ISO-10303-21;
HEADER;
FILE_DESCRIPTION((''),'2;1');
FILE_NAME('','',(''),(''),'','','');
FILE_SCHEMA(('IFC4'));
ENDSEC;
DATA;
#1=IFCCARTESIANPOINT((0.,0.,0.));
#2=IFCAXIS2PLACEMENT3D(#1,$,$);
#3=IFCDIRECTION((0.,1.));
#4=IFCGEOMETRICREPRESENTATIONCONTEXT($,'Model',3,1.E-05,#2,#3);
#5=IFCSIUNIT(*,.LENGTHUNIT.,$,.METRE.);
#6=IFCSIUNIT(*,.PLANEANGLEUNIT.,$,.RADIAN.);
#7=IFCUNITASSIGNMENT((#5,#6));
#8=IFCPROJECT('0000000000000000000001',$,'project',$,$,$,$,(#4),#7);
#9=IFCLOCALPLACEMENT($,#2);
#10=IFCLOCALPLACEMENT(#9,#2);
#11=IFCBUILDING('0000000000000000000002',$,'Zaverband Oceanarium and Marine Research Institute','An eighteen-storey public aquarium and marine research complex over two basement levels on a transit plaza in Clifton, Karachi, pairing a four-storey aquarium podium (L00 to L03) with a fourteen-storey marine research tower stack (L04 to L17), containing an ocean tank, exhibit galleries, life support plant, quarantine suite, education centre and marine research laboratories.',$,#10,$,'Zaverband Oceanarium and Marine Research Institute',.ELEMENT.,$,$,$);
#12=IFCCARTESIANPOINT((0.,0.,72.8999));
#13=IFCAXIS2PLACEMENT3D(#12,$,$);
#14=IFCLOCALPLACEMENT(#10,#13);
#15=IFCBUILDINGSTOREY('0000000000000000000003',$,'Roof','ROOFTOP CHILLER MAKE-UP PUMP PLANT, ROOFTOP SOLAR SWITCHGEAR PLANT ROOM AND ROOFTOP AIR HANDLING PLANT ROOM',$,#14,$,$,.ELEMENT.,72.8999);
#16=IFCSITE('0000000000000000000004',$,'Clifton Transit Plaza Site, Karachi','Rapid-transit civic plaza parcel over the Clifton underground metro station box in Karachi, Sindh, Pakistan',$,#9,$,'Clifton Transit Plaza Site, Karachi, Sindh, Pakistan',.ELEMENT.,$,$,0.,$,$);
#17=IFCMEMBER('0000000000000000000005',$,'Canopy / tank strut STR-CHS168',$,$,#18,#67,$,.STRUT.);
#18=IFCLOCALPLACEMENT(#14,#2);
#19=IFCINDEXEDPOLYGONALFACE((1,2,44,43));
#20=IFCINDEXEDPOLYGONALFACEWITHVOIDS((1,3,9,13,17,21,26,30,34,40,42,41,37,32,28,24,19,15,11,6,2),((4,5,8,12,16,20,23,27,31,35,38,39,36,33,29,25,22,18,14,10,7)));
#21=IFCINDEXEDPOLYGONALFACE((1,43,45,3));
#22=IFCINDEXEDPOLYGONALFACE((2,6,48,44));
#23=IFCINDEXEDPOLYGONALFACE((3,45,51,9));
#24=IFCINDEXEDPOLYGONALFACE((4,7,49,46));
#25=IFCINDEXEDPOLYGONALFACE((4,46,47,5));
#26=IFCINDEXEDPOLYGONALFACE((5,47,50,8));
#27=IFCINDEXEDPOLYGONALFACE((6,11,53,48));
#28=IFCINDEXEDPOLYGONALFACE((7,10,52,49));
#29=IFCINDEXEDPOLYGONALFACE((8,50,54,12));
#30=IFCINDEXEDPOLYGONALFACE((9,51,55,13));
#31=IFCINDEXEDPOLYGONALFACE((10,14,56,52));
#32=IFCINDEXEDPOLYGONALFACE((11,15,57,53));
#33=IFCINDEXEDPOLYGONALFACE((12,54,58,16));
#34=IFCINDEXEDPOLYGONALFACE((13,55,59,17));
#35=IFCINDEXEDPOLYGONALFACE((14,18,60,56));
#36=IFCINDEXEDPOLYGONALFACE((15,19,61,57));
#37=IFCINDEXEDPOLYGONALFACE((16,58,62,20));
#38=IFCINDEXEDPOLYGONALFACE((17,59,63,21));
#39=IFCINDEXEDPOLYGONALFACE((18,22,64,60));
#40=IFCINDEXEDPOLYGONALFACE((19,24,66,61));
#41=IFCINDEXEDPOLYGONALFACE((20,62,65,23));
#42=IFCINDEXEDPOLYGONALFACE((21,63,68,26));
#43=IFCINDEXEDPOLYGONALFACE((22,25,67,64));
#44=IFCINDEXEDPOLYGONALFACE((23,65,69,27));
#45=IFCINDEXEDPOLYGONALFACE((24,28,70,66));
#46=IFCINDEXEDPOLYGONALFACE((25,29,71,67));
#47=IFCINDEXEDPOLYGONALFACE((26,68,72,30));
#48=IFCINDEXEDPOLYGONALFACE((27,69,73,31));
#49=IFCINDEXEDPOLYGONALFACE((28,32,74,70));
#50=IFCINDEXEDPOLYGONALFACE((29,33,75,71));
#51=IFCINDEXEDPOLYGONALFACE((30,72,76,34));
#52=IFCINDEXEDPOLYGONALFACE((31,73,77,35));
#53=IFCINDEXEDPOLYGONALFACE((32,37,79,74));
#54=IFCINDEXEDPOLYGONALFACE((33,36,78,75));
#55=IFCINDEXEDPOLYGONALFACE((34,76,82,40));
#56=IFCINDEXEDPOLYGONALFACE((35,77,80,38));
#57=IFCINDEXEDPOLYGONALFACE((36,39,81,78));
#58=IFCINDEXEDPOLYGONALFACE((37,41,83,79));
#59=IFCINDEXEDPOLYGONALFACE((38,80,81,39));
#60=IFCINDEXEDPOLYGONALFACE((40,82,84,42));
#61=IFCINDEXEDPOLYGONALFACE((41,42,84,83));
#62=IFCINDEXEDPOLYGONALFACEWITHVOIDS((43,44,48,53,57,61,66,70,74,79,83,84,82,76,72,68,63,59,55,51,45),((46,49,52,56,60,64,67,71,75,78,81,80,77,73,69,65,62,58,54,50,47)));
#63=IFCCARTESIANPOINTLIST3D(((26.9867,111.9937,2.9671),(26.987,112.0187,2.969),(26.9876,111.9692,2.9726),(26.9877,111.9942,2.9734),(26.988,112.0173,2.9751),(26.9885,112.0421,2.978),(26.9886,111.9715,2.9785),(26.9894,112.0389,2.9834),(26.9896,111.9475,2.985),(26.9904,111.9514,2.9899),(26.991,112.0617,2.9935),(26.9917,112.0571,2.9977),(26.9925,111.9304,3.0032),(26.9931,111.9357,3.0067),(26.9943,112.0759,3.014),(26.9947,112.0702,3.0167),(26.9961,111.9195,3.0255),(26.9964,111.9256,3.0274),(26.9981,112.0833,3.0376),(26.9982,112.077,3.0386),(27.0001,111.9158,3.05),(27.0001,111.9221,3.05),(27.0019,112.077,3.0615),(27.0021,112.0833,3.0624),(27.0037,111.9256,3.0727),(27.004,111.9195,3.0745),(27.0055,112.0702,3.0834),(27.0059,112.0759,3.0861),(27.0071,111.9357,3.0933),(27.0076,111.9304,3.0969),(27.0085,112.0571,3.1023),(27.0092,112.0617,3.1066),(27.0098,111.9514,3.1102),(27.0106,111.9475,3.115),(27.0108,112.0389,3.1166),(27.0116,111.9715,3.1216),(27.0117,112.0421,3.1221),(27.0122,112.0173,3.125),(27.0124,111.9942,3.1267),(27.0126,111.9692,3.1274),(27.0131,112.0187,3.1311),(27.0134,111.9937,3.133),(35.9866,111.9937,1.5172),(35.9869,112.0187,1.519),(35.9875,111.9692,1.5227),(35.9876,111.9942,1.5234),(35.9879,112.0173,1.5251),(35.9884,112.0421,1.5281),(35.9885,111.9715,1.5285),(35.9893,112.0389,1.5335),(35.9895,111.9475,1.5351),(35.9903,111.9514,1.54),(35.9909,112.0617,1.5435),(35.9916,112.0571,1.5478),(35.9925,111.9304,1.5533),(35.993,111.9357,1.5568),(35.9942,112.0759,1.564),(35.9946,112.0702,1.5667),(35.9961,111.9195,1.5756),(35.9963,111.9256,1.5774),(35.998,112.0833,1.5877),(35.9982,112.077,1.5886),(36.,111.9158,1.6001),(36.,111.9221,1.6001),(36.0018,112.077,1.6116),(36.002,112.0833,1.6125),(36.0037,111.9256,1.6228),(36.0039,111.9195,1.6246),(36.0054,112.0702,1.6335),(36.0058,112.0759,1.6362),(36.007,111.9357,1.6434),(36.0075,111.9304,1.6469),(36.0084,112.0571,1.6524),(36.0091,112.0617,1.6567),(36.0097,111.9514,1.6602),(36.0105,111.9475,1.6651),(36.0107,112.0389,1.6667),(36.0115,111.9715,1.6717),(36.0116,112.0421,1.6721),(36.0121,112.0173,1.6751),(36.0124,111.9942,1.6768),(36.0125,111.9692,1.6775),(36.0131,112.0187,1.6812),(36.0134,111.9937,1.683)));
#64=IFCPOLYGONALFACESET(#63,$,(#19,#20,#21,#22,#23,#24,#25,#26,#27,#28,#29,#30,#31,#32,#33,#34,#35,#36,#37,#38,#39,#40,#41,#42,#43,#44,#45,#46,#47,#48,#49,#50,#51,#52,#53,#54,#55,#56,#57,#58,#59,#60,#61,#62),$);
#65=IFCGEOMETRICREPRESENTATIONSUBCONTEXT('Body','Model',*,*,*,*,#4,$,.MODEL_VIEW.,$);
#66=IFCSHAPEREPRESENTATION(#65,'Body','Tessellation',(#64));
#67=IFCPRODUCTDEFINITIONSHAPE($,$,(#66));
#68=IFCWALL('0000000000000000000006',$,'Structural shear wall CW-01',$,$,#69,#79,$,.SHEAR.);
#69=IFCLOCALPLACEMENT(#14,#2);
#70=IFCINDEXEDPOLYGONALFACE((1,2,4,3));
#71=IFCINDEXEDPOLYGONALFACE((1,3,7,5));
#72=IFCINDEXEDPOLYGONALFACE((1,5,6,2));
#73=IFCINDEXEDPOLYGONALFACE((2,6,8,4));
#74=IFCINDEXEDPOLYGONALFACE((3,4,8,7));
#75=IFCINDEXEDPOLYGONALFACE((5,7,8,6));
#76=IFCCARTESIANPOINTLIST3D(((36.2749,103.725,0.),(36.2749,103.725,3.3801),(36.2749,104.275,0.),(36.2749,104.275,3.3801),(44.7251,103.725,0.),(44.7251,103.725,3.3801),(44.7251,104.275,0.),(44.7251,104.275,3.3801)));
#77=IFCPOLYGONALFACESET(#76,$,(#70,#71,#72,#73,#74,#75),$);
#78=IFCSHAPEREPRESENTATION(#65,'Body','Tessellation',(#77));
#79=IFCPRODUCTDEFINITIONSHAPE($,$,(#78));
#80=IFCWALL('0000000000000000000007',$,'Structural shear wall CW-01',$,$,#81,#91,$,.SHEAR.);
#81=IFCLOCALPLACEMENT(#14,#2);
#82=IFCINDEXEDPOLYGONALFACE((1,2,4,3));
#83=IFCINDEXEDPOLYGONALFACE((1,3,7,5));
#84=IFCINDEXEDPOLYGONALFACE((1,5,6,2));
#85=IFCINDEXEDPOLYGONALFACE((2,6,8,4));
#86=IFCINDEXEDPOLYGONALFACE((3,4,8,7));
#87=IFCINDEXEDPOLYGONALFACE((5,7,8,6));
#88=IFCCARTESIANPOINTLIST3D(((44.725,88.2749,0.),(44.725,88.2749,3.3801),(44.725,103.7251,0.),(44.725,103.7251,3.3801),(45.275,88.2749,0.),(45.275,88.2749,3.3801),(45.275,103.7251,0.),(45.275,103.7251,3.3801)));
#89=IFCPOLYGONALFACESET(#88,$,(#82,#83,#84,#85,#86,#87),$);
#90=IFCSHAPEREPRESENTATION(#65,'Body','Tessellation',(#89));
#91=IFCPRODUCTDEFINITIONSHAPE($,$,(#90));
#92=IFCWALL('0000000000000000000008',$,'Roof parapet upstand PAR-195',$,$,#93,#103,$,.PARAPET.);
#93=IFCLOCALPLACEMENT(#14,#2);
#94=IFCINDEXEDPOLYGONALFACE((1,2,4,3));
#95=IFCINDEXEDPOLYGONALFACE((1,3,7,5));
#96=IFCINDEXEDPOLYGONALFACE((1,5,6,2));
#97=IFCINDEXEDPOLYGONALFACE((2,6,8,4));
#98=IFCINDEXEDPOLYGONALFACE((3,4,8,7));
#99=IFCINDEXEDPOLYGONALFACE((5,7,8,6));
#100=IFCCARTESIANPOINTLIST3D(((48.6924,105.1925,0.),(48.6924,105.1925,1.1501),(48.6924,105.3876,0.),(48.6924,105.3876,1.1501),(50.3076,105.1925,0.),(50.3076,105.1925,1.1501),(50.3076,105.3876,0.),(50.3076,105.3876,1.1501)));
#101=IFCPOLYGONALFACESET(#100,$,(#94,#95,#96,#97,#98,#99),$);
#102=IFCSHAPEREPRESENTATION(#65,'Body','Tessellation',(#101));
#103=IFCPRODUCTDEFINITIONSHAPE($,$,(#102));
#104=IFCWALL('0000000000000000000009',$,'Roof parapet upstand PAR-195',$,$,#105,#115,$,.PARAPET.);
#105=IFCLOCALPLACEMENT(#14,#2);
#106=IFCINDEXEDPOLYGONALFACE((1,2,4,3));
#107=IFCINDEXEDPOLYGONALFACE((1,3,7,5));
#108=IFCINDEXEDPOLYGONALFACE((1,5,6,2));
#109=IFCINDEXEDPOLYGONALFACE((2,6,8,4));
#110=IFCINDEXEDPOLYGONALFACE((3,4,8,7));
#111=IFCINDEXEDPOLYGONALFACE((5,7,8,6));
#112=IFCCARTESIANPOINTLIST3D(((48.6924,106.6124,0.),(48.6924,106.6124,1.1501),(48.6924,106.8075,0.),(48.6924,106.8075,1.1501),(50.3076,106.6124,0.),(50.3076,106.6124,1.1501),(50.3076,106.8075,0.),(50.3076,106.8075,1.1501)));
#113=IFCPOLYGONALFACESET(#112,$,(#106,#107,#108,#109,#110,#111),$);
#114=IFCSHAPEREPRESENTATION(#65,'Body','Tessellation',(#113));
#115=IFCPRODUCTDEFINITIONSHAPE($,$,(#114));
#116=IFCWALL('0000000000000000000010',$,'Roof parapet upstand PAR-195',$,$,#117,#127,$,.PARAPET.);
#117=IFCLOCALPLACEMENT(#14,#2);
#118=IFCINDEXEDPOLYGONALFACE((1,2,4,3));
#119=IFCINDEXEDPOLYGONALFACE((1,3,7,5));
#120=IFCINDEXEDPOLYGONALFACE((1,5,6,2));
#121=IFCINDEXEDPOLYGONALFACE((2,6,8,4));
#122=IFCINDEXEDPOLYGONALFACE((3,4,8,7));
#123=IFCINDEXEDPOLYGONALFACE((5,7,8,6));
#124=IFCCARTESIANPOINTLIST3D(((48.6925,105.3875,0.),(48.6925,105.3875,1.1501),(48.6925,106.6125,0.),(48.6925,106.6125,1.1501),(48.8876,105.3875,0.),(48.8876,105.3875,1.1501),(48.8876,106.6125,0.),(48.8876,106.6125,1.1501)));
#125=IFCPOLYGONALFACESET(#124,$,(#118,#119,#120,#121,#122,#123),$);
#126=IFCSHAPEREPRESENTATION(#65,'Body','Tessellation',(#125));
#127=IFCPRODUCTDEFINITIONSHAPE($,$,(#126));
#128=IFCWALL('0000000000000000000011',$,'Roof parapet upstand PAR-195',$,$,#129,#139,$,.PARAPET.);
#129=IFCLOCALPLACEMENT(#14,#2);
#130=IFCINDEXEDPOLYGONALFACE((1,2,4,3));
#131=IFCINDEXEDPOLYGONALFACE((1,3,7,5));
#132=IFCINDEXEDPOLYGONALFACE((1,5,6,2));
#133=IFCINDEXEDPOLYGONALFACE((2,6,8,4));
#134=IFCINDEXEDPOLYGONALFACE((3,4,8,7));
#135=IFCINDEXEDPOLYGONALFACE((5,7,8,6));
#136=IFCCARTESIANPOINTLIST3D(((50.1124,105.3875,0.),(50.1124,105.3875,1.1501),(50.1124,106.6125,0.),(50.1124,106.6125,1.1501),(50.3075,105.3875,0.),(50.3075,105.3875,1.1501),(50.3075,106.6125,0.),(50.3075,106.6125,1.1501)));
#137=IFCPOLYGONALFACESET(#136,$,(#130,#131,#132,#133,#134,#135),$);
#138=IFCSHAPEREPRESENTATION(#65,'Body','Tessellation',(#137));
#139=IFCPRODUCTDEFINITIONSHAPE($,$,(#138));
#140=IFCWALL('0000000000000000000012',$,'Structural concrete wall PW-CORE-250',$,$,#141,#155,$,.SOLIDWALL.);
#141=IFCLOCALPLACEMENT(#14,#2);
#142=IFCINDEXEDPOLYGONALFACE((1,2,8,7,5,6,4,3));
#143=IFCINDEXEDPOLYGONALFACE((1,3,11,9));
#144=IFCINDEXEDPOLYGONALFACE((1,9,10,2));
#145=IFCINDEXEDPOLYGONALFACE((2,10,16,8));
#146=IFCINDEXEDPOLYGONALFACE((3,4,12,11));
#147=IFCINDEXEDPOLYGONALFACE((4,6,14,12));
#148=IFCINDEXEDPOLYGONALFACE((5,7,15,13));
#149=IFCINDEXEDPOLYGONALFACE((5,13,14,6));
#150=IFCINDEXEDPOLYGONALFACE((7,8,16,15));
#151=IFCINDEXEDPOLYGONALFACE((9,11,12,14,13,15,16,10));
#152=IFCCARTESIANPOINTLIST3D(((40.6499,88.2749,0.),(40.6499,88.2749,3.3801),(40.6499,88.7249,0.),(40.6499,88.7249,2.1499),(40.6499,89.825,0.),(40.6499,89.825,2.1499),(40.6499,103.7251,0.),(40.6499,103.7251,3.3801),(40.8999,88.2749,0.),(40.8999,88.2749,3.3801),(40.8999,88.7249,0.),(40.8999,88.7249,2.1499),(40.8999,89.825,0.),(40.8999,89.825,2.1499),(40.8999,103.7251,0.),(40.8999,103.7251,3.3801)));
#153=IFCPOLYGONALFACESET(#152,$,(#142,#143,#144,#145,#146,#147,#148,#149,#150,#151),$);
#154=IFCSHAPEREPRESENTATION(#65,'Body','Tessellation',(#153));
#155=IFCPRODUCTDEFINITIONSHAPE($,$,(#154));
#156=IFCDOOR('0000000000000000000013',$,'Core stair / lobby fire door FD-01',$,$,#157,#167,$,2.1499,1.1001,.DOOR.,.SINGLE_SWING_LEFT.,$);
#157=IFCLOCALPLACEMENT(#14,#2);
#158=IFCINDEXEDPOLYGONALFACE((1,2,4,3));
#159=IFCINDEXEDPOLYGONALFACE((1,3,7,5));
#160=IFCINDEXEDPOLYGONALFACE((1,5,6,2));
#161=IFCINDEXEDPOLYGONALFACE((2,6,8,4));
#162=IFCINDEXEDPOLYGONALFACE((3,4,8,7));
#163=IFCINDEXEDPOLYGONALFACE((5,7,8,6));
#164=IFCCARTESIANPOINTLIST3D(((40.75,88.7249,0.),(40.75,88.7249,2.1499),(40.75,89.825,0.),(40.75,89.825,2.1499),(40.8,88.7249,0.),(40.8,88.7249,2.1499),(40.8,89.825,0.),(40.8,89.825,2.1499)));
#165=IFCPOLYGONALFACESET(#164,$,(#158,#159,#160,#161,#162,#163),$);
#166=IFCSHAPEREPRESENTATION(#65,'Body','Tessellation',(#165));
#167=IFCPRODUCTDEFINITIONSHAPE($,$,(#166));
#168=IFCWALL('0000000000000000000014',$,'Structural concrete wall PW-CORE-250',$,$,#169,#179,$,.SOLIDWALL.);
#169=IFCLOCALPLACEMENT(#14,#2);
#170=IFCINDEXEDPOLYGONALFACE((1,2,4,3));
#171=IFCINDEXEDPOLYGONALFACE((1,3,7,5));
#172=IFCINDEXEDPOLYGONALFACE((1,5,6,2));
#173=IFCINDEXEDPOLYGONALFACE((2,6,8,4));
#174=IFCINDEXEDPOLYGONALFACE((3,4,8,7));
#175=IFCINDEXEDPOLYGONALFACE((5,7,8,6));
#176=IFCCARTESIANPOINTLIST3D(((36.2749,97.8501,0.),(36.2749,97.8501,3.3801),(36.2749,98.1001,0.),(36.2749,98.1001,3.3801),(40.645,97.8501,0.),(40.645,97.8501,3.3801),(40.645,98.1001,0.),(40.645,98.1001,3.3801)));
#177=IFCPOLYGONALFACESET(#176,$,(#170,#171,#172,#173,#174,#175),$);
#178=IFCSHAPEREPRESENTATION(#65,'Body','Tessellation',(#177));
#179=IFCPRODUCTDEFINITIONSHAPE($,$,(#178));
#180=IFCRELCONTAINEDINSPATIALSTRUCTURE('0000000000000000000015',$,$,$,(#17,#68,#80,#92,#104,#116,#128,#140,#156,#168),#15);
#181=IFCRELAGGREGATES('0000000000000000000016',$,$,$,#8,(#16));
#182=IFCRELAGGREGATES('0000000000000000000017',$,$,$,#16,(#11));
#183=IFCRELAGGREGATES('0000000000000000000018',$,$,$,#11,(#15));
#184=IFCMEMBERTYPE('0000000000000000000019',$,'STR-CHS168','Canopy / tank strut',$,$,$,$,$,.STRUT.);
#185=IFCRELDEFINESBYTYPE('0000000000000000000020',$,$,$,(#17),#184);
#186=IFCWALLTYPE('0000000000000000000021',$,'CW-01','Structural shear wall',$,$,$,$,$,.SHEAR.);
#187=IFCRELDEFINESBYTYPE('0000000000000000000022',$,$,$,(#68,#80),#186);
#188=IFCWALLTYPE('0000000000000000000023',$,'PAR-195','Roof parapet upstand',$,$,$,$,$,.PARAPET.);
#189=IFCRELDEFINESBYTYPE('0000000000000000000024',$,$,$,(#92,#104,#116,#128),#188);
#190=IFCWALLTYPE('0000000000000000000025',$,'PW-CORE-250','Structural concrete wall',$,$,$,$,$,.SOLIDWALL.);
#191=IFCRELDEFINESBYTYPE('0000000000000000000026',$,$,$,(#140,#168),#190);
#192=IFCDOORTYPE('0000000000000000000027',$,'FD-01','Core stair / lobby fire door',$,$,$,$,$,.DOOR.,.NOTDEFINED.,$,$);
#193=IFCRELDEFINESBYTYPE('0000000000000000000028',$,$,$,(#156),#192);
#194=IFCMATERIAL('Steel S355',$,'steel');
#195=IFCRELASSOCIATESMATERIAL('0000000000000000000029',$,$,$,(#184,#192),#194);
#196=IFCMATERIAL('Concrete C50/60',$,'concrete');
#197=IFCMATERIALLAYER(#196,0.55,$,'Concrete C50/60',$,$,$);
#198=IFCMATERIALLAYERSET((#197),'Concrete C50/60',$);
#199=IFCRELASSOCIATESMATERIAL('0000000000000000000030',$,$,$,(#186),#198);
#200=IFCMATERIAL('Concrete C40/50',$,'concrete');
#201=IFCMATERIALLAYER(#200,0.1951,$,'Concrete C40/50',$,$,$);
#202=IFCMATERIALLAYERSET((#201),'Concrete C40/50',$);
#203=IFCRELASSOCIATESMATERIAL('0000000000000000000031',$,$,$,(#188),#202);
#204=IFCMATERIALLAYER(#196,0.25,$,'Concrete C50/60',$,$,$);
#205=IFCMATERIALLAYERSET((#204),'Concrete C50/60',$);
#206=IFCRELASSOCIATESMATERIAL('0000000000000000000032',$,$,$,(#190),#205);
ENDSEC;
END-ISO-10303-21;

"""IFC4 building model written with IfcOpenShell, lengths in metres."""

from ifc_helpers import new_model, si_unit, direction, frame, frame_2d, origin, origin_2d, place, context, subcontext, project, spatial, rectangle, hollow_circle, extrude, material, layer, layer_set, material_profile, profile_set, type_object, element, fill, save


model = new_model("IFC4")

# Units and contexts
model_context = context("Model", 3, precision=1e-05, world=origin(), true_north=direction((0.0, 1.0)))
body_context = subcontext(model_context, "Body", "Model", "MODEL_VIEW")
ifc_project = project(units=[si_unit("LENGTHUNIT", "METRE"), si_unit("PLANEANGLEUNIT", "RADIAN")], contexts=[model_context])

# Site, building, storey
site_placement = place(None, origin())
site = spatial("IfcSite", under=ifc_project, at=site_placement, Name="Clifton Transit Plaza Site, Karachi", Description="Rapid-transit civic plaza parcel over the Clifton underground metro station box in Karachi, Sindh, Pakistan", LongName="Clifton Transit Plaza Site, Karachi, Sindh, Pakistan", CompositionType="ELEMENT", RefElevation=0.0)
building_placement = place(site_placement, origin())
building = spatial("IfcBuilding", under=site, at=building_placement, Name="Zaverband Oceanarium and Marine Research Institute", Description="An eighteen-storey public aquarium and marine research complex over two basement levels on a transit plaza in Clifton, Karachi, pairing a four-storey aquarium podium (L00 to L03) with a fourteen-storey marine research tower stack (L04 to L17), containing an ocean tank, exhibit galleries, life support plant, quarantine suite, education centre and marine research laboratories.", LongName="Zaverband Oceanarium and Marine Research Institute", CompositionType="ELEMENT")
storey_placement = place(building_placement, frame((0.0, 0.0, 72.8999)))
storey = spatial("IfcBuildingStorey", under=building, at=storey_placement, Name="Roof", Description="ROOFTOP CHILLER MAKE-UP PUMP PLANT, ROOFTOP SOLAR SWITCHGEAR PLANT ROOM AND ROOFTOP AIR HANDLING PLANT ROOM", CompositionType="ELEMENT", Elevation=72.8999)

# Shared definitions
ifc_material_1 = material(Name="Concrete C50/60", Category="concrete")

# Shared definitions
ifc_material_2 = material(Name="Steel S355", Category="steel")

# Member
ifc_material_profile_1 = material_profile(ifc_material_2, hollow_circle(Radius=0.0842, WallThickness=0.0063, at=origin_2d()), Name="CHS168x6.3")
ifc_profile_set_1 = profile_set([ifc_material_profile_1], Name="Steel S355")
member_type_1 = type_object("IfcMemberType", Name="STR-CHS168", Description="Canopy / tank strut", PredefinedType="STRUT", material=ifc_profile_set_1)
for number, where, z_axis, x_axis, name in (
    (1, (36.0, 112.0, 1.6001), (-0.98727, 0.0, 0.159055), (0.0, -1.0, 0.0), "Canopy / tank strut STR-CHS168"),
):
    element("IfcMember", number, at=place(storey_placement, frame(where, z_axis=z_axis, x_axis=x_axis)), inside=storey, type_object=member_type_1, Name=name, PredefinedType="STRUT", context=body_context, shape_type="SweptSolid", body=[
        extrude(hollow_circle(Radius=0.0842, WallThickness=0.0063, at=origin_2d()), origin(), (0.0, 0.0, 1.0), 9.116),
    ])

# Shared definitions
ifc_layer_1 = layer(ifc_material_1, 0.55, Name="Concrete C50/60")
ifc_layer_set_1 = layer_set([ifc_layer_1], Name="Concrete C50/60")
wall_type_1 = type_object("IfcWallType", Name="CW-01", Description="Structural shear wall", PredefinedType="SHEAR", material=ifc_layer_set_1)

# Walls
wall_1_placement = place(storey_placement, frame((36.2749, 104.0, 0.0), z_axis=(0.0, 0.0, 1.0), x_axis=(1.0, 0.0, 0.0)))
element("IfcWall", 2, at=wall_1_placement, inside=storey, type_object=wall_type_1, Name="Structural shear wall CW-01", PredefinedType="SHEAR", context=body_context, shape_type="SweptSolid", body=[
    extrude(rectangle(XDim=8.4502, YDim=0.55, at=frame_2d((4.2251, 0.0))), origin(), (0.0, 0.0, 1.0), 3.3801),
])
wall_2_placement = place(storey_placement, frame((45.0, 88.2749, 0.0), z_axis=(0.0, 0.0, 1.0), x_axis=(0.0, 1.0, 0.0)))
element("IfcWall", 3, at=wall_2_placement, inside=storey, type_object=wall_type_1, Name="Structural shear wall CW-01", PredefinedType="SHEAR", context=body_context, shape_type="SweptSolid", body=[
    extrude(rectangle(XDim=15.4502, YDim=0.55, at=frame_2d((7.7251, 0.0))), origin(), (0.0, 0.0, 1.0), 3.3801),
])
ifc_material_3 = material(Name="Concrete C40/50", Category="concrete")
ifc_layer_2 = layer(ifc_material_3, 0.1951, Name="Concrete C40/50")
ifc_layer_set_2 = layer_set([ifc_layer_2], Name="Concrete C40/50")
wall_type_2 = type_object("IfcWallType", Name="PAR-195", Description="Roof parapet upstand", PredefinedType="PARAPET", material=ifc_layer_set_2)
for number, where, z_axis, x_axis, name in (
    (4, (48.6924, 105.29, 0.0), (0.0, 0.0, 1.0), (1.0, 0.0, 0.0), "Roof parapet upstand PAR-195"),
    (5, (48.6924, 106.71, 0.0), (0.0, 0.0, 1.0), (1.0, 0.0, 0.0), "Roof parapet upstand PAR-195"),
):
    element("IfcWall", number, at=place(storey_placement, frame(where, z_axis=z_axis, x_axis=x_axis)), inside=storey, type_object=wall_type_2, Name=name, PredefinedType="PARAPET", context=body_context, shape_type="SweptSolid", body=[
        extrude(rectangle(XDim=1.6152, YDim=0.1951, at=frame_2d((0.8076, 0.0))), origin(), (0.0, 0.0, 1.0), 1.1501),
    ])
for number, where, z_axis, x_axis, name in (
    (6, (48.79, 105.3875, 0.0), (0.0, 0.0, 1.0), (0.0, 1.0, 0.0), "Roof parapet upstand PAR-195"),
    (7, (50.21, 105.3875, 0.0), (0.0, 0.0, 1.0), (0.0, 1.0, 0.0), "Roof parapet upstand PAR-195"),
):
    element("IfcWall", number, at=place(storey_placement, frame(where, z_axis=z_axis, x_axis=x_axis)), inside=storey, type_object=wall_type_2, Name=name, PredefinedType="PARAPET", context=body_context, shape_type="SweptSolid", body=[
        extrude(rectangle(XDim=1.2251, YDim=0.1951, at=frame_2d((0.6125, 0.0))), origin(), (0.0, 0.0, 1.0), 1.1501),
    ])

# Wall, opening, door
ifc_layer_3 = layer(ifc_material_1, 0.25, Name="Concrete C50/60")
ifc_layer_set_3 = layer_set([ifc_layer_3], Name="Concrete C50/60")
wall_type_3 = type_object("IfcWallType", Name="PW-CORE-250", Description="Structural concrete wall", PredefinedType="SOLIDWALL", material=ifc_layer_set_3)
wall_3_placement = place(storey_placement, frame((40.7749, 88.2749, 0.0), z_axis=(0.0, 0.0, 1.0), x_axis=(0.0, 1.0, 0.0)))
wall_3 = element("IfcWall", 8, at=wall_3_placement, inside=storey, type_object=wall_type_3, Name="Structural concrete wall PW-CORE-250", PredefinedType="SOLIDWALL", context=body_context, shape_type="SweptSolid", body=[
    extrude(rectangle(XDim=15.4502, YDim=0.25, at=frame_2d((7.7251, 0.0))), origin(), (0.0, 0.0, 1.0), 3.3801),
])
opening_1_placement = place(wall_3_placement, frame((0.45, 0.0, 0.0)))
opening_1 = element("IfcOpeningElement", 9, at=opening_1_placement, cuts=wall_3, PredefinedType="OPENING", context=body_context, shape_type="SweptSolid", body=[
    extrude(rectangle(XDim=1.1001, YDim=2.1499, at=frame_2d((0.55, 1.075))), frame((0.0, 0.137, 0.0), z_axis=(0.0, -1.0, 0.0), x_axis=(1.0, 0.0, 0.0)), (0.0, 0.0, 1.0), 0.2739),
])
door_type_1 = type_object("IfcDoorType", Name="FD-01", Description="Core stair / lobby fire door", OperationType="NOTDEFINED", PredefinedType="DOOR", material=ifc_material_2)
door_1_placement = place(opening_1_placement, origin())
door_1 = element("IfcDoor", 10, at=door_1_placement, inside=storey, type_object=door_type_1, Name="Core stair / lobby fire door FD-01", OperationType="SINGLE_SWING_LEFT", OverallHeight=2.1499, OverallWidth=1.1001, PredefinedType="DOOR", context=body_context, shape_type="SweptSolid", body=[
    extrude(rectangle(XDim=1.1001, YDim=2.1499, at=frame_2d((0.55, 1.075))), frame((0.0, 0.0249, 0.0), z_axis=(0.0, -1.0, 0.0), x_axis=(1.0, 0.0, 0.0)), (0.0, 0.0, 1.0), 0.05),
])
fill(opening_1, door_1)

# Wall
wall_4_placement = place(storey_placement, frame((36.2749, 97.9751, 0.0), z_axis=(0.0, 0.0, 1.0), x_axis=(1.0, 0.0, 0.0)))
element("IfcWall", 11, at=wall_4_placement, inside=storey, type_object=wall_type_3, Name="Structural concrete wall PW-CORE-250", PredefinedType="SOLIDWALL", context=body_context, shape_type="SweptSolid", body=[
    extrude(rectangle(XDim=4.3701, YDim=0.25, at=frame_2d((2.1851, 0.0))), origin(), (0.0, 0.0, 1.0), 3.3801),
])

save(model, "model.ifc")
